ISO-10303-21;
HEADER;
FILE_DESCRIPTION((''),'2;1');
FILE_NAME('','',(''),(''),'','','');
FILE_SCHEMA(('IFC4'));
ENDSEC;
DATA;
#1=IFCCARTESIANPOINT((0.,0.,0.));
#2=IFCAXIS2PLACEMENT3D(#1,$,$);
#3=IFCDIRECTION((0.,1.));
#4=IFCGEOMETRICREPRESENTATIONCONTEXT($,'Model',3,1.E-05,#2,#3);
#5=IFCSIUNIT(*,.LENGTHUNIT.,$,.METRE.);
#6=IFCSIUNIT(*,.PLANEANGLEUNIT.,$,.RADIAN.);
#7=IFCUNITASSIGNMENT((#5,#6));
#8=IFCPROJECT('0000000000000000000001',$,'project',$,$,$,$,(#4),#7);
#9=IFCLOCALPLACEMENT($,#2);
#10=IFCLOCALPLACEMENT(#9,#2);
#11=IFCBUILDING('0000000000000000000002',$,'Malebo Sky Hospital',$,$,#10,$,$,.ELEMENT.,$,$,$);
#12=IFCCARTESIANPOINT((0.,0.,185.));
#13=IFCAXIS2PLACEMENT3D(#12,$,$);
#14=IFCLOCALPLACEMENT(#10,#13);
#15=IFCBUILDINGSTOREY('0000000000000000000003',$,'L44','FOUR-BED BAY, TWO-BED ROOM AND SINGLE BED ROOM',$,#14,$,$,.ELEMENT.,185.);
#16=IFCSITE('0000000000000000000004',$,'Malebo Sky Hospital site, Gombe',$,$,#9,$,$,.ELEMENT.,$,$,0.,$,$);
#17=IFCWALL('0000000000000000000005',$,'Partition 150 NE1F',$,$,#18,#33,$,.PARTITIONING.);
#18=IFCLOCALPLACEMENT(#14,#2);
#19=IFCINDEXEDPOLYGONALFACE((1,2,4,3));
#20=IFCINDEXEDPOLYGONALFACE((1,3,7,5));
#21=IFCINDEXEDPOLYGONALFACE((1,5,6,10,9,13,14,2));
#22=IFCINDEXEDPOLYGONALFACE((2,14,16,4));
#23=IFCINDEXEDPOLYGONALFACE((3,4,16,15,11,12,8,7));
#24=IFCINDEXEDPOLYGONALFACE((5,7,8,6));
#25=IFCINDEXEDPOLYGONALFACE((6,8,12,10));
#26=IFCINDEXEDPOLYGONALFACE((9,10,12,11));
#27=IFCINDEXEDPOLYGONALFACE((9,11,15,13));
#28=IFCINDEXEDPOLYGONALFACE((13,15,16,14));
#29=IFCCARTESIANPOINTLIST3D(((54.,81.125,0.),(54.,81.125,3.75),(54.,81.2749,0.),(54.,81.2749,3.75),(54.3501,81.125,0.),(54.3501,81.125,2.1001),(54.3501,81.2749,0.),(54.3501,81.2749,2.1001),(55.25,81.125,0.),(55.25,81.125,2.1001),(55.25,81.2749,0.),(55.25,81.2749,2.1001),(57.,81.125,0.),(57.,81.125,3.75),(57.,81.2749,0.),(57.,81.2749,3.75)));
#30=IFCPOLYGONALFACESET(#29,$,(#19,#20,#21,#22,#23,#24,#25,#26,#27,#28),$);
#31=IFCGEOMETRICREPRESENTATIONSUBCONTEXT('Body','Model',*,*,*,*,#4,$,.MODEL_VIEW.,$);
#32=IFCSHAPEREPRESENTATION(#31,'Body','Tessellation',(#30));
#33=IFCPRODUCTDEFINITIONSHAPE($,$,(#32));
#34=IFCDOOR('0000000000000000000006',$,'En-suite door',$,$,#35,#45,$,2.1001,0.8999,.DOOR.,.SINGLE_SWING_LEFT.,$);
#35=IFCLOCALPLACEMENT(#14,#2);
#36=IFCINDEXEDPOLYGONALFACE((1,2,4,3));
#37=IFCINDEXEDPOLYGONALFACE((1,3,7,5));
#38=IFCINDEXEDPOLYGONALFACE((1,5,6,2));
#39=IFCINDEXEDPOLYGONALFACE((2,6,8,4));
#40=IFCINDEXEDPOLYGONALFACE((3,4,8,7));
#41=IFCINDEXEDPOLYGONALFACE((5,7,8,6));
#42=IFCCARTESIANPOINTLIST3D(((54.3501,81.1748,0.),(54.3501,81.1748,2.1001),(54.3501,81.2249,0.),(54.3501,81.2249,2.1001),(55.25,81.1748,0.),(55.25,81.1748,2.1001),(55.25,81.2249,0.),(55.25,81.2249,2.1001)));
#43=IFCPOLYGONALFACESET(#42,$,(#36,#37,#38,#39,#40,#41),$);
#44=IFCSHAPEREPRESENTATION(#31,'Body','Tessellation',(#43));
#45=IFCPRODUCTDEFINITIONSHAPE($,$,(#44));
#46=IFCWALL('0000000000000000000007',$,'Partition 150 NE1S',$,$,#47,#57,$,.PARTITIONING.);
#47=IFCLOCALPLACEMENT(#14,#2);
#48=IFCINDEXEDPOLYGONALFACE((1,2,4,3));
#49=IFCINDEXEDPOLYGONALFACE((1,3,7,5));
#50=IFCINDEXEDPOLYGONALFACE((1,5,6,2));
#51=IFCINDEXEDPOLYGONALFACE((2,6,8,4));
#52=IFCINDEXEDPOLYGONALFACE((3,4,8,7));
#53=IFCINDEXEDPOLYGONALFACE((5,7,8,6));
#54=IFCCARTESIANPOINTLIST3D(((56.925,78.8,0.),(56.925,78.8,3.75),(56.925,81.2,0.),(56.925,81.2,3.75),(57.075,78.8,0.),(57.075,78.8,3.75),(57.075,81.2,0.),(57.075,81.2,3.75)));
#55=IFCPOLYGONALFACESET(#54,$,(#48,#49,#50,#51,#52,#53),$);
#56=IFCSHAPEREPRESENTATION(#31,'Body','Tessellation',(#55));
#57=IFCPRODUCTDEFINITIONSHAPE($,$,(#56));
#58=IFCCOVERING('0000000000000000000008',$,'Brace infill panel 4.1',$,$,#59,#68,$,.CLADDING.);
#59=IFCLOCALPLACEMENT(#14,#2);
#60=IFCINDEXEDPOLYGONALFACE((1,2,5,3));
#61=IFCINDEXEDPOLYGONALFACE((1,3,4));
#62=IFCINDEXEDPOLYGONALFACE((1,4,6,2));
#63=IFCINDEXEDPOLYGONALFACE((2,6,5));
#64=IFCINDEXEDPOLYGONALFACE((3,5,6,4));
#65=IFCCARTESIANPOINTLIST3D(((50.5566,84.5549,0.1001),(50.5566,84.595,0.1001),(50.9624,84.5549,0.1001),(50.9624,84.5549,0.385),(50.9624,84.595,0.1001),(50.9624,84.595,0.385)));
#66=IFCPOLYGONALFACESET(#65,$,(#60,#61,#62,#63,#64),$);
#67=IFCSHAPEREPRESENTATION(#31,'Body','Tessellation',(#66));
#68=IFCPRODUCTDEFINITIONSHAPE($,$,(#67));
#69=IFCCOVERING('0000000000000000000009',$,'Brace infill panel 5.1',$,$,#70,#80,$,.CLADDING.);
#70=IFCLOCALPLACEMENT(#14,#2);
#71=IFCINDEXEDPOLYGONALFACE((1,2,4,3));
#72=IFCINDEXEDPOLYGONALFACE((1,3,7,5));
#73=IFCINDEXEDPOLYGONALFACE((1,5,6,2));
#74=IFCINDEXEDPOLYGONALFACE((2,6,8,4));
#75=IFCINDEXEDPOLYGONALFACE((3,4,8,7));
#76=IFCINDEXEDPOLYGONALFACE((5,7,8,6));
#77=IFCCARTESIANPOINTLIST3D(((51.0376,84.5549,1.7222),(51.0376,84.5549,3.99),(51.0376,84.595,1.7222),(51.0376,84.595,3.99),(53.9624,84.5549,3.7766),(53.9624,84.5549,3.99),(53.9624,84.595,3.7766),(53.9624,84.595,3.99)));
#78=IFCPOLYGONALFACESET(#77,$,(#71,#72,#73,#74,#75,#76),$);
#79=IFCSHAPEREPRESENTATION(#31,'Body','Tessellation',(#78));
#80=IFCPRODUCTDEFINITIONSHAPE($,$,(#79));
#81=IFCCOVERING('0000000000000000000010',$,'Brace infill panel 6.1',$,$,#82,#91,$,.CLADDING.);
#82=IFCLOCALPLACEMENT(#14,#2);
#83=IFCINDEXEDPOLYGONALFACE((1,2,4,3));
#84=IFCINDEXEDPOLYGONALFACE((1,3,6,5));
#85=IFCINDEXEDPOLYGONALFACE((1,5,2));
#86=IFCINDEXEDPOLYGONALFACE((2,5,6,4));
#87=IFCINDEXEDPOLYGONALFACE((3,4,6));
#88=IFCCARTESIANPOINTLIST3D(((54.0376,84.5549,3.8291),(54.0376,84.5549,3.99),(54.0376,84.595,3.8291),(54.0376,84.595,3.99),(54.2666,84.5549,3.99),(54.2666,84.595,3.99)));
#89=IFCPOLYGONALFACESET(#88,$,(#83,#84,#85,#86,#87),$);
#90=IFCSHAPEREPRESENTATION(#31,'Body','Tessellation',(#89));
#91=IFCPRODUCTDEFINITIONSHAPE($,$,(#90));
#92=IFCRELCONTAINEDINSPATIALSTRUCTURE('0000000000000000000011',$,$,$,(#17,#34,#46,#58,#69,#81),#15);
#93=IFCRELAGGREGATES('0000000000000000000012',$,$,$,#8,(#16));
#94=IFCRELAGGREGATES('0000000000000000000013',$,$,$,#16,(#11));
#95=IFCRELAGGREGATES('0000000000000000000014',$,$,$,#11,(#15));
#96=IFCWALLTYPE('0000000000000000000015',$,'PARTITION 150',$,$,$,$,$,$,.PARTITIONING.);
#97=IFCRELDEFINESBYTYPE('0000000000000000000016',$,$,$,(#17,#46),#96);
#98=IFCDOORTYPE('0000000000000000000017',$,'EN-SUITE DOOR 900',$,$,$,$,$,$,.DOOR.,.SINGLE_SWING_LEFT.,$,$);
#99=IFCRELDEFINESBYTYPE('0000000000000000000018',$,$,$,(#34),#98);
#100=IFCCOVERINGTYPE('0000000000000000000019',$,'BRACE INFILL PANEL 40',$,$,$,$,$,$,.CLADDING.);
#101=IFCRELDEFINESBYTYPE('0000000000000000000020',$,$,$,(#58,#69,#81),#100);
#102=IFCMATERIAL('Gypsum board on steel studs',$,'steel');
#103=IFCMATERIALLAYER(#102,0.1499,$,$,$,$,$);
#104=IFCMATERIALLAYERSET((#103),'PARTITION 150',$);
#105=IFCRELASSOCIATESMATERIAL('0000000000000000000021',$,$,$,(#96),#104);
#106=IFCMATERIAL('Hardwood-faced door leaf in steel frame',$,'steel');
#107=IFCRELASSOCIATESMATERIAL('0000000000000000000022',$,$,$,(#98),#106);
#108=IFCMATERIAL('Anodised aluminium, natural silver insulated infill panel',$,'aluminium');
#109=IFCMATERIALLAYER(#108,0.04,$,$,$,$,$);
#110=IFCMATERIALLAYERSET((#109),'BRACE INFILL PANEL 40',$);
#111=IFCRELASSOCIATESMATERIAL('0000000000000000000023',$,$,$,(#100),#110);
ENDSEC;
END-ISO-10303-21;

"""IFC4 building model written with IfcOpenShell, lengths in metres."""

from ifc_helpers import new_model, si_unit, direction, frame, frame_2d, origin, place, context, subcontext, project, spatial, polyline, rectangle, outline, extrude, material, layer, layer_set, type_object, element, fill, save


model = new_model("IFC4")

# Units and contexts
model_context = context("Model", 3, precision=1e-05, world=origin(), true_north=direction((0.0, 1.0)))
body_context = subcontext(model_context, "Body", "Model", "MODEL_VIEW")
ifc_project = project(units=[si_unit("LENGTHUNIT", "METRE"), si_unit("PLANEANGLEUNIT", "RADIAN")], contexts=[model_context])

# Site, building, storey
site_placement = place(None, origin())
site = spatial("IfcSite", under=ifc_project, at=site_placement, Name="Malebo Sky Hospital site, Gombe", CompositionType="ELEMENT", RefElevation=0.0)
building_placement = place(site_placement, origin())
building = spatial("IfcBuilding", under=site, at=building_placement, Name="Malebo Sky Hospital", CompositionType="ELEMENT")
storey_placement = place(building_placement, frame((0.0, 0.0, 185.0)))
storey = spatial("IfcBuildingStorey", under=building, at=storey_placement, Name="L44", Description="FOUR-BED BAY, TWO-BED ROOM AND SINGLE BED ROOM", CompositionType="ELEMENT", Elevation=185.0)

# Shared definitions
ifc_material_1 = material(Name="Gypsum board on steel studs", Category="steel")
ifc_layer_1 = layer(ifc_material_1, 0.1499)
ifc_layer_set_1 = layer_set([ifc_layer_1], Name="PARTITION 150")
wall_type_1 = type_object("IfcWallType", Name="PARTITION 150", PredefinedType="PARTITIONING", material=ifc_layer_set_1)

# Shared definitions
ifc_material_2 = material(Name="Hardwood-faced door leaf in steel frame", Category="steel")
door_type = type_object("IfcDoorType", Name="EN-SUITE DOOR 900", OperationType="SINGLE_SWING_LEFT", PredefinedType="DOOR", material=ifc_material_2)

# Wall, opening, door
wall_1_placement = place(storey_placement, frame((54.0, 81.2, 0.0), z_axis=(0.0, 0.0, 1.0), x_axis=(1.0, 0.0, 0.0)))
wall_1 = element("IfcWall", 1, at=wall_1_placement, inside=storey, type_object=wall_type_1, Name="Partition 150 NE1F", PredefinedType="PARTITIONING", context=body_context, shape_type="SweptSolid", body=[
    extrude(rectangle(XDim=3.0, YDim=0.1499, at=frame_2d((1.5, 0.0))), origin(), (0.0, 0.0, 1.0), 3.75),
])
opening_1_placement = place(wall_1_placement, frame((0.3501, 0.0, 0.0)))
opening_1 = element("IfcOpeningElement", 2, at=opening_1_placement, cuts=wall_1, PredefinedType="OPENING", context=body_context, shape_type="SweptSolid", body=[
    extrude(rectangle(XDim=0.8999, YDim=2.1001, at=frame_2d((0.45, 1.05))), frame((0.0, 0.085, 0.0), z_axis=(0.0, -1.0, 0.0), x_axis=(1.0, 0.0, 0.0)), (0.0, 0.0, 1.0), 0.1699),
])
door_1_placement = place(opening_1_placement, origin())
door_1 = element("IfcDoor", 3, at=door_1_placement, inside=storey, type_object=door_type, Name="En-suite door", OperationType="SINGLE_SWING_LEFT", OverallHeight=2.1001, OverallWidth=0.8999, PredefinedType="DOOR", context=body_context, shape_type="SweptSolid", body=[
    extrude(rectangle(XDim=0.8999, YDim=2.1001, at=frame_2d((0.45, 1.05))), frame((0.0, 0.0249, 0.0), z_axis=(0.0, -1.0, 0.0), x_axis=(1.0, 0.0, 0.0)), (0.0, 0.0, 1.0), 0.05),
])
fill(opening_1, door_1)

# Wall
wall_2_placement = place(storey_placement, frame((57.0, 78.8, 0.0), z_axis=(0.0, 0.0, 1.0), x_axis=(0.0, 1.0, 0.0)))
element("IfcWall", 4, at=wall_2_placement, inside=storey, type_object=wall_type_1, Name="Partition 150 NE1S", PredefinedType="PARTITIONING", context=body_context, shape_type="SweptSolid", body=[
    extrude(rectangle(XDim=2.3999, YDim=0.1499, at=frame_2d((1.2, 0.0))), origin(), (0.0, 0.0, 1.0), 3.75),
])

# Coverings
ifc_material_3 = material(Name="Anodised aluminium, natural silver insulated infill panel", Category="aluminium")
ifc_layer_2 = layer(ifc_material_3, 0.04)
ifc_layer_set_2 = layer_set([ifc_layer_2], Name="BRACE INFILL PANEL 40")
covering_type = type_object("IfcCoveringType", Name="BRACE INFILL PANEL 40", PredefinedType="CLADDING", material=ifc_layer_set_2)
covering_1_placement = place(storey_placement, frame((50.7595, 84.575, 0.1001), z_axis=(0.0, 0.0, 1.0), x_axis=(1.0, 0.0, 0.0)))
element("IfcCovering", 5, at=covering_1_placement, inside=storey, type_object=covering_type, Name="Brace infill panel 4.1", PredefinedType="CLADDING", context=body_context, shape_type="SweptSolid", body=[
    extrude(outline(polyline([(-0.2029, 0.0), (0.2029, 0.0), (0.2029, 0.2849), (-0.2029, 0.0)])), frame((0.0, 0.02, 0.0), z_axis=(0.0, -1.0, 0.0), x_axis=(1.0, 0.0, 0.0)), (0.0, 0.0, 1.0), 0.04),
])
covering_2_placement = place(storey_placement, frame((52.5, 84.575, 1.7222), z_axis=(0.0, 0.0, 1.0), x_axis=(1.0, 0.0, 0.0)))
element("IfcCovering", 6, at=covering_2_placement, inside=storey, type_object=covering_type, Name="Brace infill panel 5.1", PredefinedType="CLADDING", context=body_context, shape_type="SweptSolid", body=[
    extrude(outline(polyline([(-1.4624, 0.0), (1.4624, 2.0544), (1.4624, 2.2678), (-1.4624, 2.2678), (-1.4624, 0.0)])), frame((0.0, 0.02, 0.0), z_axis=(0.0, -1.0, 0.0), x_axis=(1.0, 0.0, 0.0)), (0.0, 0.0, 1.0), 0.04),
])
covering_3_placement = place(storey_placement, frame((54.1521, 84.575, 3.8291), z_axis=(0.0, 0.0, 1.0), x_axis=(1.0, 0.0, 0.0)))
element("IfcCovering", 7, at=covering_3_placement, inside=storey, type_object=covering_type, Name="Brace infill panel 6.1", PredefinedType="CLADDING", context=body_context, shape_type="SweptSolid", body=[
    extrude(outline(polyline([(-0.1145, 0.0), (0.1145, 0.1609), (-0.1145, 0.1609), (-0.1145, 0.0)])), frame((0.0, 0.02, 0.0), z_axis=(0.0, -1.0, 0.0), x_axis=(1.0, 0.0, 0.0)), (0.0, 0.0, 1.0), 0.04),
])

save(model, "model.ifc")
